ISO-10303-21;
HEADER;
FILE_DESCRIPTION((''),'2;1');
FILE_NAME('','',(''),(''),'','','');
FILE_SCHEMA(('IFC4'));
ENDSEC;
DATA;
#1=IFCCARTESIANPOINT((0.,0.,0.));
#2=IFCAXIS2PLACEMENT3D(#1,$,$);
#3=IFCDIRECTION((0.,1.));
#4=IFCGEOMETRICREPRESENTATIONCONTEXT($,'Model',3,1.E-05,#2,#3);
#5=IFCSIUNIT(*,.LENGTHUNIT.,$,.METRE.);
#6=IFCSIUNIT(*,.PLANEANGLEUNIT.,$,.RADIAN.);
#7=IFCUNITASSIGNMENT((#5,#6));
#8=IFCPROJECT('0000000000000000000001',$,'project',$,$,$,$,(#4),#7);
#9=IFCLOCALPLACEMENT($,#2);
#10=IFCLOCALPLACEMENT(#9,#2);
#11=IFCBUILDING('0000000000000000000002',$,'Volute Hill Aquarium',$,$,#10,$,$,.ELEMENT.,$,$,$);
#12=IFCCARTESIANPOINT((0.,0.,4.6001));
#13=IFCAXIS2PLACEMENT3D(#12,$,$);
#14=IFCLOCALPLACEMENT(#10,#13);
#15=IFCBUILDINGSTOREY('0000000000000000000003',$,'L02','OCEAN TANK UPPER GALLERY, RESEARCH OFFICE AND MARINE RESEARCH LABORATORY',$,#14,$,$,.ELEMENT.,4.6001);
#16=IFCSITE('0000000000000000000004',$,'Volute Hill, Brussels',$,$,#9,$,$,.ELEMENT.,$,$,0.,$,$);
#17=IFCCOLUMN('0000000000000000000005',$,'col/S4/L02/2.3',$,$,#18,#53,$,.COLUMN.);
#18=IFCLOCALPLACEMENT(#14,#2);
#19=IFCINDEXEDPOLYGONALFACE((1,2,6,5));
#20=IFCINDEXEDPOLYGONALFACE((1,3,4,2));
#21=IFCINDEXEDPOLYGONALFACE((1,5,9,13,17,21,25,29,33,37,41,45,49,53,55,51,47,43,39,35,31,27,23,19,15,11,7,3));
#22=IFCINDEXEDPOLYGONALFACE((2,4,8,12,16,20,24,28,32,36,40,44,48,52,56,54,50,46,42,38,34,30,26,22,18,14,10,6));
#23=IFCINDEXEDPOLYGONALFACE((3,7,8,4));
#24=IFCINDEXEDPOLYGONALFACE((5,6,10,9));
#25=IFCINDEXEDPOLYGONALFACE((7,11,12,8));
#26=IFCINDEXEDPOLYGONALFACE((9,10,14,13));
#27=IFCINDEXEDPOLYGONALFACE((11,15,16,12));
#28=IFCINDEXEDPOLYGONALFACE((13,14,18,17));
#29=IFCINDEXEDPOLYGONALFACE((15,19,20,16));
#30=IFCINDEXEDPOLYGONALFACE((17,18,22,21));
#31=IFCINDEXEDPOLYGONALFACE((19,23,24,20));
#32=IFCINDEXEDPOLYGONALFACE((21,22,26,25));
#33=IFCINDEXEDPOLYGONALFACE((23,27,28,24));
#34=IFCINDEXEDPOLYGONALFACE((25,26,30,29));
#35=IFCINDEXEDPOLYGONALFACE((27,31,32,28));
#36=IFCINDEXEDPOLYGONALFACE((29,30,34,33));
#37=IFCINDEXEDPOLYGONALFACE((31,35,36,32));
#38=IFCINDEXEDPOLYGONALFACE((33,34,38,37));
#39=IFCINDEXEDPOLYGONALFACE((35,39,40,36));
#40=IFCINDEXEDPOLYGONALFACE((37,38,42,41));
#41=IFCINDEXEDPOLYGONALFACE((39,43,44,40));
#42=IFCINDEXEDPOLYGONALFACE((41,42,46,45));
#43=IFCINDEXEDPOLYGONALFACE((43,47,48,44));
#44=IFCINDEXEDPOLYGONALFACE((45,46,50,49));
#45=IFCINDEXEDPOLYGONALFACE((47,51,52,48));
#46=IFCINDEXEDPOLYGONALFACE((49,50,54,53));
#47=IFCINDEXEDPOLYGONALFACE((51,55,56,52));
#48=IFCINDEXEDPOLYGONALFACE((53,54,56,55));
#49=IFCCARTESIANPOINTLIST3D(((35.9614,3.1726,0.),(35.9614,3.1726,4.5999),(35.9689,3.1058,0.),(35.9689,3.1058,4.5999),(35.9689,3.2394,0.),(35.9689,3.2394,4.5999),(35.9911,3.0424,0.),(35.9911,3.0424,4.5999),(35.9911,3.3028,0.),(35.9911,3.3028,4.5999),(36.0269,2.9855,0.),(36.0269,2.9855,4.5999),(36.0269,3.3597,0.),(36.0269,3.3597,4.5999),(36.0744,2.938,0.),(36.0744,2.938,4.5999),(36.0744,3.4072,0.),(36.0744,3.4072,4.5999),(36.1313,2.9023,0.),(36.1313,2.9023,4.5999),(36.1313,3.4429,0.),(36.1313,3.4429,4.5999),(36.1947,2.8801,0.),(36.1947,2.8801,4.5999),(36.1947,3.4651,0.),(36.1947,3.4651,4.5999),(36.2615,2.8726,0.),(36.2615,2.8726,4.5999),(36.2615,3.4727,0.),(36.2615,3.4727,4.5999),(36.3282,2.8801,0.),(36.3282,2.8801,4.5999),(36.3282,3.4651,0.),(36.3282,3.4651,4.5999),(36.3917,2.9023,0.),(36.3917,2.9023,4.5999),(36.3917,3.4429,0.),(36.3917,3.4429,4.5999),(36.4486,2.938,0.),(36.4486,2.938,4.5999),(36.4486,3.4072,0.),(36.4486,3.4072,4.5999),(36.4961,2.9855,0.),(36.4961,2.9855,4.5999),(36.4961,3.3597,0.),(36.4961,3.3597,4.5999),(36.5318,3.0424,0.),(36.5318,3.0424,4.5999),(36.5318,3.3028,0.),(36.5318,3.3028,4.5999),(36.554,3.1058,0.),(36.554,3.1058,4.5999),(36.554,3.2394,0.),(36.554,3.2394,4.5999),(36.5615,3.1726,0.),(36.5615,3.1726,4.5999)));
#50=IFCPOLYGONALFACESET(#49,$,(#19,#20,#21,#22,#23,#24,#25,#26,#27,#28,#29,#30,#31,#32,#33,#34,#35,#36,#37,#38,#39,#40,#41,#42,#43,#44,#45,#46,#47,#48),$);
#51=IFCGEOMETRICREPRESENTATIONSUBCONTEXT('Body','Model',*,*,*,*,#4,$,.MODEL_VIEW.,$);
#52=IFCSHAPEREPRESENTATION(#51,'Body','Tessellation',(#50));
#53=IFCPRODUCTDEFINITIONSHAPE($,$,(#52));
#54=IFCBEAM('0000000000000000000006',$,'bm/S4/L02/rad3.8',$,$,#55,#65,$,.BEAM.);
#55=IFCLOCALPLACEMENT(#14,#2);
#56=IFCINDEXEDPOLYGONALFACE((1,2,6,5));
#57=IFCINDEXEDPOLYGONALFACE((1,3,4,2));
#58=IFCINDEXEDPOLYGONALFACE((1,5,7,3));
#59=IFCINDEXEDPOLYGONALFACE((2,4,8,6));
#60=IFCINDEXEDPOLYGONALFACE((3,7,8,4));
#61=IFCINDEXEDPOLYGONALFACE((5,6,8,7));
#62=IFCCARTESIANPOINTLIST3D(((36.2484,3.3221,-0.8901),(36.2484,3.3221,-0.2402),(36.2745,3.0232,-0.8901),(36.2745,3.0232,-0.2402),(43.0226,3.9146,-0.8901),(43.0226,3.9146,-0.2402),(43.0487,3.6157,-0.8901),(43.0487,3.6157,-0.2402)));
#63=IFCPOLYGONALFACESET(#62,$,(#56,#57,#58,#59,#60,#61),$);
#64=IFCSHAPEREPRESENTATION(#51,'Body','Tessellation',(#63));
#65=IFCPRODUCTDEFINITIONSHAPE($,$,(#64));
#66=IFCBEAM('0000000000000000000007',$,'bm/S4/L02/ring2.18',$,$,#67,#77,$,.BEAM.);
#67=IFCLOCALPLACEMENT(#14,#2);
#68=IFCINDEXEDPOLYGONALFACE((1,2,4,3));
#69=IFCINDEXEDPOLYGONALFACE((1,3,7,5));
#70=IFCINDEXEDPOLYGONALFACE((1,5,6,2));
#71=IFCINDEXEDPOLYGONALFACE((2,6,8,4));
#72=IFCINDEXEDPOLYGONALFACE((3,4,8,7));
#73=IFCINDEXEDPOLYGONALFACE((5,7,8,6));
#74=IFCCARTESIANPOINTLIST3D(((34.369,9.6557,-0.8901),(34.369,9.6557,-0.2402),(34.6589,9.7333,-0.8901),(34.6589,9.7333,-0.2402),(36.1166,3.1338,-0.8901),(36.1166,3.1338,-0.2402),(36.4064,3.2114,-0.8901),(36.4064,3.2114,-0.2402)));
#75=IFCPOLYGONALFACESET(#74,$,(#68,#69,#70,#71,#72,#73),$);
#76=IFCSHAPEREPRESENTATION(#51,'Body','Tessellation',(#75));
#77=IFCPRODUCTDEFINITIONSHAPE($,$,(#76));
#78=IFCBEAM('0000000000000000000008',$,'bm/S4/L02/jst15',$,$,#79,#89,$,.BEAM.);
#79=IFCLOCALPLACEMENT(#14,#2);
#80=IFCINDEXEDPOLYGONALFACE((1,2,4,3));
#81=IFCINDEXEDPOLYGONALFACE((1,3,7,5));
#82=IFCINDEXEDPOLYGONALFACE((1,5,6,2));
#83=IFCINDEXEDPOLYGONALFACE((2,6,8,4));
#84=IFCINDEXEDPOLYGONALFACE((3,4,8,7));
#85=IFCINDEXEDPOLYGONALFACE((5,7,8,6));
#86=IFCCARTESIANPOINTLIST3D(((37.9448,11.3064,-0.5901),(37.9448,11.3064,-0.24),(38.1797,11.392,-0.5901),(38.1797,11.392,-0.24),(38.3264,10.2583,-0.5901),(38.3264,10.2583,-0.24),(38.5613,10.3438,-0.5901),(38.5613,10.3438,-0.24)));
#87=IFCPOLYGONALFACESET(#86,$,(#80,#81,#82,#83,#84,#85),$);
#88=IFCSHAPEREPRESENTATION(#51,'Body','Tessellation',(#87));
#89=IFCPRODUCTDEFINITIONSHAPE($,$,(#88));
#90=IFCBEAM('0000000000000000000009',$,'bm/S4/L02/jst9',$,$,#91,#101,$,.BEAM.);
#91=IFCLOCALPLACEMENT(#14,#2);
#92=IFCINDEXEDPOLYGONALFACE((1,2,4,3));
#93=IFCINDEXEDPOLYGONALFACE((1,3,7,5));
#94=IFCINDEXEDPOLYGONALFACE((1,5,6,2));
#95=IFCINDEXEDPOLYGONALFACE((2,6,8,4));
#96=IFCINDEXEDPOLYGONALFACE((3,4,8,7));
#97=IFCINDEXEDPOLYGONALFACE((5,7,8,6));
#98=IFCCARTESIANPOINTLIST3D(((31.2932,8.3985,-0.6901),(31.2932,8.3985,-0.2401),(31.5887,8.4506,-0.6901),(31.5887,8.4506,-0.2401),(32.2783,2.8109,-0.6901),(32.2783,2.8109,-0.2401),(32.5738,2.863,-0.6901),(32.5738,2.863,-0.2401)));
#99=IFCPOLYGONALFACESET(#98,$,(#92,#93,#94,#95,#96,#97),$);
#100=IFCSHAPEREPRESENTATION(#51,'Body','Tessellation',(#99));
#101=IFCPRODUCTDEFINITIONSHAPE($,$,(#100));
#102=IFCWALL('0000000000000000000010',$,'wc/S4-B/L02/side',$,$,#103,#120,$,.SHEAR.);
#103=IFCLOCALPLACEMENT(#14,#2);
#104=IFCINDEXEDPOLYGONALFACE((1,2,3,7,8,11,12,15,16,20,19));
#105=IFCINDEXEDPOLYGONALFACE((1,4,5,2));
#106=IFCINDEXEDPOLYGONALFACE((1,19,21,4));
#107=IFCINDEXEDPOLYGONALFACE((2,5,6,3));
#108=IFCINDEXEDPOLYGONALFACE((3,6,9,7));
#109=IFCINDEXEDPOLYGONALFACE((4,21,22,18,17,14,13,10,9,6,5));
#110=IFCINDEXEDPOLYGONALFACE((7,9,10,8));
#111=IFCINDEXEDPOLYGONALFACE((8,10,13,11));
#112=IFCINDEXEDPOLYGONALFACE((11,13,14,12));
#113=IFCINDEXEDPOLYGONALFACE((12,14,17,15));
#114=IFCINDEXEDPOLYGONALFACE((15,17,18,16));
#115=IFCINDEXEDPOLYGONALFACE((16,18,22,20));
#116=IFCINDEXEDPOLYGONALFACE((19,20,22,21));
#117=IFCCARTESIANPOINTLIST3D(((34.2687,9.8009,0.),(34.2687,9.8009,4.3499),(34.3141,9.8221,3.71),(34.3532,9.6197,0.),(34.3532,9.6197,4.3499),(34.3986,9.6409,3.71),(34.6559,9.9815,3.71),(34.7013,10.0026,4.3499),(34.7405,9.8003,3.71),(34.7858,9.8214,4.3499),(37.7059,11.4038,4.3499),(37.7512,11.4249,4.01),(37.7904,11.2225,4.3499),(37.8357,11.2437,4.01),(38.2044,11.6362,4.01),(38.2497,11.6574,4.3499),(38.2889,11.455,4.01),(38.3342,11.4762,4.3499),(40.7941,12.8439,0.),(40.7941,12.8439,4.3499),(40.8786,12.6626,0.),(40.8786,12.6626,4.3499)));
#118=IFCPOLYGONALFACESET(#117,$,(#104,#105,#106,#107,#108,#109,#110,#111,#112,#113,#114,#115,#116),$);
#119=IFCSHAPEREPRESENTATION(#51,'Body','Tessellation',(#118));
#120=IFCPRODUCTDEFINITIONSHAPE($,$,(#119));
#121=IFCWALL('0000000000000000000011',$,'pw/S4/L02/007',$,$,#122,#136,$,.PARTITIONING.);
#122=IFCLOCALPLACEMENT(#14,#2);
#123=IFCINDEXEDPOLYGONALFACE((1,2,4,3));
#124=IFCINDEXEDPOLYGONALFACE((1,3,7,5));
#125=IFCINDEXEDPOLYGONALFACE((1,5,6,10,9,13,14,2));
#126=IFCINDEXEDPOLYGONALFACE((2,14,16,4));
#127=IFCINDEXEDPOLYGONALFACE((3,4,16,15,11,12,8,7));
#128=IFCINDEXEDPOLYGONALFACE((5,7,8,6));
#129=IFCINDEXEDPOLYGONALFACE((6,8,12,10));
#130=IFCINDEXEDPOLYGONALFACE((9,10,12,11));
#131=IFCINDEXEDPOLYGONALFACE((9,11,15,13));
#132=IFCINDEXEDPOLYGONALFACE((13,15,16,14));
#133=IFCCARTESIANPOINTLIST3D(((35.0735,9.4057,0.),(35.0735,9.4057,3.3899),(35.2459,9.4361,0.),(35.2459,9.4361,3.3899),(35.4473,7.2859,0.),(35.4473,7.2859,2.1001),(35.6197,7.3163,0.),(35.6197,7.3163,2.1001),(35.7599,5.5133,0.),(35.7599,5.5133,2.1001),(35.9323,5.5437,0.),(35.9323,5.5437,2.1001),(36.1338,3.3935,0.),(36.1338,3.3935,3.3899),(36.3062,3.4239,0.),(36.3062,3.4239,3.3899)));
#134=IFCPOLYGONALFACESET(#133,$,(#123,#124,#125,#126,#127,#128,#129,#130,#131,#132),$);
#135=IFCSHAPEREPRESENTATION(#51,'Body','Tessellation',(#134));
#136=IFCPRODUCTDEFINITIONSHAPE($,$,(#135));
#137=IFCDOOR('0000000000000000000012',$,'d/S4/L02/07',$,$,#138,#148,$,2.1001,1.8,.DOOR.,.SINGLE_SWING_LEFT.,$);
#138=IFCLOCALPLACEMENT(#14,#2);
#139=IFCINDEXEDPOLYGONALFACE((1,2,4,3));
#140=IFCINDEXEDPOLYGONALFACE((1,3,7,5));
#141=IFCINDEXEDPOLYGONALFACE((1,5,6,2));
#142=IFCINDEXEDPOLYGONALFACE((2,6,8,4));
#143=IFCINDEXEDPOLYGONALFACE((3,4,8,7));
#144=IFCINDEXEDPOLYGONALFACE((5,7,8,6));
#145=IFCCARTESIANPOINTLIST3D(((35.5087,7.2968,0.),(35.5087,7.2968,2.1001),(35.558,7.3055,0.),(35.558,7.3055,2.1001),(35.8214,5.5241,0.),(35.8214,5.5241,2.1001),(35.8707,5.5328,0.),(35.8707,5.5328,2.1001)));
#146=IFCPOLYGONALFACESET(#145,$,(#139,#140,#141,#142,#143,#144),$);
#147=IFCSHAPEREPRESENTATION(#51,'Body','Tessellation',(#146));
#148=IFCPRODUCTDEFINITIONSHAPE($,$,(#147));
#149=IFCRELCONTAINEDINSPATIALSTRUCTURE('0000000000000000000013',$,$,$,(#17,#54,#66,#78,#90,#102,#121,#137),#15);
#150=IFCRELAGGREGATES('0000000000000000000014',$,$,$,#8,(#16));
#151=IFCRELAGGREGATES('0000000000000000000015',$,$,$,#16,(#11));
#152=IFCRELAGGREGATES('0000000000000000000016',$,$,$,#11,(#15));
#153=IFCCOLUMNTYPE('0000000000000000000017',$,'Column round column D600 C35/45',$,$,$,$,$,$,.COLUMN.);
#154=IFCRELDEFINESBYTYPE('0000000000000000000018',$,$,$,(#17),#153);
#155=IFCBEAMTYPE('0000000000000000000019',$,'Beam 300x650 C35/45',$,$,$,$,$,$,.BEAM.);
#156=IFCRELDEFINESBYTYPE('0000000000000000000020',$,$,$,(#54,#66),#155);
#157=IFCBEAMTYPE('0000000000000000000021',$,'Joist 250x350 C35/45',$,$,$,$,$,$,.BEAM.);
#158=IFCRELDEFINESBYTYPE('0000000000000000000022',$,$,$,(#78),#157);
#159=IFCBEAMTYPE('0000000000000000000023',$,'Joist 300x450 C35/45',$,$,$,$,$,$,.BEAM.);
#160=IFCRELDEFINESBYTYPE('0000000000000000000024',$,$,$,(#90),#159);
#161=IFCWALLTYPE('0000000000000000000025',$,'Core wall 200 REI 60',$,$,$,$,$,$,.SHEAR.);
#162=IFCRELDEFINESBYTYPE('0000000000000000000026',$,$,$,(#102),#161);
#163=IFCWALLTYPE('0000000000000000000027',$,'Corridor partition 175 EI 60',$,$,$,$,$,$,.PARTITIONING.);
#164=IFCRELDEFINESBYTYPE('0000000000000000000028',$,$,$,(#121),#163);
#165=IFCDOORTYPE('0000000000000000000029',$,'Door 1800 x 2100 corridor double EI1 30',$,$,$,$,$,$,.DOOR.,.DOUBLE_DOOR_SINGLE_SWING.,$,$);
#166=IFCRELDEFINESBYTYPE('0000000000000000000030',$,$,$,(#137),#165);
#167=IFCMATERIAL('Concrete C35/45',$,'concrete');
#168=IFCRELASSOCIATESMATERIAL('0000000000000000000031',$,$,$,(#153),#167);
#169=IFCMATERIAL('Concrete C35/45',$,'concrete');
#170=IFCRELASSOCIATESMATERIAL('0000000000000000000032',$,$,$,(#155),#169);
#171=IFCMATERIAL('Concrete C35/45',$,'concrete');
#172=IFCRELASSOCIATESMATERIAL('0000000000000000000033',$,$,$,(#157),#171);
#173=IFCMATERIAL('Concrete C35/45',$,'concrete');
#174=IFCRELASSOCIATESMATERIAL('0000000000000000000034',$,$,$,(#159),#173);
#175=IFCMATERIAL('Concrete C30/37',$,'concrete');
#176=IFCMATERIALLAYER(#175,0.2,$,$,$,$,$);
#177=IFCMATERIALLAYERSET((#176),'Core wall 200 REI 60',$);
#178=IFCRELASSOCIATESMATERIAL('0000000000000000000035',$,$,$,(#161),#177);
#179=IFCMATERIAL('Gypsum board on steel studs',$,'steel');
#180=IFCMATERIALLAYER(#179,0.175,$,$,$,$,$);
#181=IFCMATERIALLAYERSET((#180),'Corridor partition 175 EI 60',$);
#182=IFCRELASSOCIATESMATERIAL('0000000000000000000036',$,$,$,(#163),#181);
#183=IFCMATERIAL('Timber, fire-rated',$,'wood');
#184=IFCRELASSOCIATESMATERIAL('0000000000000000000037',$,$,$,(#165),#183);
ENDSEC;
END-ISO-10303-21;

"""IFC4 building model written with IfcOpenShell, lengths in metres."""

from ifc_helpers import new_model, si_unit, direction, frame, frame_2d, origin, origin_2d, place, context, subcontext, project, spatial, polyline, rectangle, circle, outline, extrude, material, layer, layer_set, material_profile, profile_set, type_object, element, fill, save


model = new_model("IFC4")

# Units and contexts
model_context = context("Model", 3, precision=1e-05, world=origin(), true_north=direction((0.0, 1.0)))
body_context = subcontext(model_context, "Body", "Model", "MODEL_VIEW")
ifc_project = project(units=[si_unit("LENGTHUNIT", "METRE"), si_unit("PLANEANGLEUNIT", "RADIAN")], contexts=[model_context])

# Site, building, storey
site_placement = place(None, origin())
site = spatial("IfcSite", under=ifc_project, at=site_placement, Name="Volute Hill, Brussels", CompositionType="ELEMENT", RefElevation=0.0)
building_placement = place(site_placement, origin())
building = spatial("IfcBuilding", under=site, at=building_placement, Name="Volute Hill Aquarium", CompositionType="ELEMENT")
storey_placement = place(building_placement, frame((0.0, 0.0, 4.6001)))
storey = spatial("IfcBuildingStorey", under=building, at=storey_placement, Name="L02", Description="OCEAN TANK UPPER GALLERY, RESEARCH OFFICE AND MARINE RESEARCH LABORATORY", CompositionType="ELEMENT", Elevation=4.6001)

# Column
ifc_material_1 = material(Name="Concrete C35/45", Category="concrete")
ifc_material_profile_1 = material_profile(ifc_material_1, circle(Radius=0.3, at=origin_2d()), Name="RC round column D600")
ifc_profile_set_1 = profile_set([ifc_material_profile_1], Name="Concrete C35/45")
column_type = type_object("IfcColumnType", Name="Column round column D600 C35/45", PredefinedType="COLUMN", material=ifc_profile_set_1)
column_placement = place(storey_placement, frame((36.2615, 3.1726, 0.0), z_axis=(0.0, 0.0, 1.0), x_axis=(1.0, 0.0, 0.0)))
element("IfcColumn", 1, at=column_placement, inside=storey, type_object=column_type, Name="col/S4/L02/2.3", PredefinedType="COLUMN", context=body_context, shape_type="SweptSolid", body=[
    extrude(circle(Radius=0.3, at=origin_2d()), origin(), (0.0, 0.0, 1.0), 4.5999),
])

# Beams
ifc_material_2 = material(Name="Concrete C35/45", Category="concrete")
ifc_material_profile_2 = material_profile(ifc_material_2, rectangle(XDim=0.3, YDim=0.6499, at=origin_2d()), Name="RC beam 300x650")
ifc_profile_set_2 = profile_set([ifc_material_profile_2], Name="Concrete C35/45")
beam_type_1 = type_object("IfcBeamType", Name="Beam 300x650 C35/45", PredefinedType="BEAM", material=ifc_profile_set_2)
beam_1_placement = place(storey_placement, frame((36.2615, 3.1726, -0.5652), z_axis=(0.996196, 0.087136, 0.0), x_axis=(-0.087136, 0.996196, 0.0)))
element("IfcBeam", 2, at=beam_1_placement, inside=storey, type_object=beam_type_1, Name="bm/S4/L02/rad3.8", PredefinedType="BEAM", context=body_context, shape_type="SweptSolid", body=[
    extrude(rectangle(XDim=0.3, YDim=0.6499, at=origin_2d()), origin(), (0.0, 0.0, 1.0), 6.8),
])
beam_2_placement = place(storey_placement, frame((36.2615, 3.1726, -0.5652), z_axis=(-0.258819, 0.965926, 0.0), x_axis=(-0.965926, -0.258819, 0.0)))
element("IfcBeam", 3, at=beam_2_placement, inside=storey, type_object=beam_type_1, Name="bm/S4/L02/ring2.18", PredefinedType="BEAM", context=body_context, shape_type="SweptSolid", body=[
    extrude(rectangle(XDim=0.3, YDim=0.6499, at=origin_2d()), origin(), (0.0, 0.0, 1.0), 6.752),
])
ifc_material_3 = material(Name="Concrete C35/45", Category="concrete")
ifc_material_profile_3 = material_profile(ifc_material_3, rectangle(XDim=0.25, YDim=0.3501, at=origin_2d()), Name="RC joist 250x350")
ifc_profile_set_3 = profile_set([ifc_material_profile_3], Name="Concrete C35/45")
beam_type_2 = type_object("IfcBeamType", Name="Joist 250x350 C35/45", PredefinedType="BEAM", material=ifc_profile_set_3)
beam_3_placement = place(storey_placement, frame((38.4438, 10.301, -0.415), z_axis=(-0.342112, 0.939659, 0.0), x_axis=(-0.939659, -0.342112, 0.0)))
element("IfcBeam", 4, at=beam_3_placement, inside=storey, type_object=beam_type_2, Name="bm/S4/L02/jst15", PredefinedType="BEAM", context=body_context, shape_type="SweptSolid", body=[
    extrude(rectangle(XDim=0.25, YDim=0.3501, at=origin_2d()), origin(), (0.0, 0.0, 1.0), 1.1155),
])
ifc_material_4 = material(Name="Concrete C35/45", Category="concrete")
ifc_material_profile_4 = material_profile(ifc_material_4, rectangle(XDim=0.3, YDim=0.45, at=origin_2d()), Name="RC joist 300x450")
ifc_profile_set_4 = profile_set([ifc_material_profile_4], Name="Concrete C35/45")
beam_type_3 = type_object("IfcBeamType", Name="Joist 300x450 C35/45", PredefinedType="BEAM", material=ifc_profile_set_4)
beam_4_placement = place(storey_placement, frame((32.426, 2.8369, -0.4651), z_axis=(-0.173623, 0.984812, 0.0), x_axis=(-0.984812, -0.173623, 0.0)))
element("IfcBeam", 5, at=beam_4_placement, inside=storey, type_object=beam_type_3, Name="bm/S4/L02/jst9", PredefinedType="BEAM", context=body_context, shape_type="SweptSolid", body=[
    extrude(rectangle(XDim=0.3, YDim=0.45, at=origin_2d()), origin(), (0.0, 0.0, 1.0), 5.6738),
])

# Wall
ifc_material_5 = material(Name="Concrete C30/37", Category="concrete")
ifc_layer_1 = layer(ifc_material_5, 0.2)
ifc_layer_set_1 = layer_set([ifc_layer_1], Name="Core wall 200 REI 60")
wall_type_1 = type_object("IfcWallType", Name="Core wall 200 REI 60", PredefinedType="SHEAR", material=ifc_layer_set_1)
wall_1_placement = place(storey_placement, frame((34.311, 9.7102, 0.0), z_axis=(0.0, 0.0, 1.0), x_axis=(0.906301, 0.422633, 0.0)))
element("IfcWall", 6, at=wall_1_placement, inside=storey, type_object=wall_type_1, Name="wc/S4-B/L02/side", PredefinedType="SHEAR", context=body_context, shape_type="SweptSolid", body=[
    extrude(outline(polyline([(0.0, 0.0), (7.2, 0.0), (7.2, 4.3499), (4.3926, 4.3499), (4.3425, 4.01), (3.8425, 4.01), (3.7925, 4.3499), (0.4773, 4.3499), (0.4272, 3.71), (0.05, 3.71), (0.0, 4.3499), (0.0, 0.0)])), frame((0.0, 0.1001, 0.0), z_axis=(0.0, -1.0, 0.0), x_axis=(1.0, 0.0, 0.0)), (0.0, 0.0, 1.0), 0.2),
])

# Wall, opening, door
ifc_material_6 = material(Name="Gypsum board on steel studs", Category="steel")
ifc_layer_2 = layer(ifc_material_6, 0.175)
ifc_layer_set_2 = layer_set([ifc_layer_2], Name="Corridor partition 175 EI 60")
wall_type_2 = type_object("IfcWallType", Name="Corridor partition 175 EI 60", PredefinedType="PARTITIONING", material=ifc_layer_set_2)
wall_2_placement = place(storey_placement, frame((35.1597, 9.4209, 0.0), z_axis=(0.0, 0.0, 1.0), x_axis=(0.173678, -0.984802, 0.0)))
wall_2 = element("IfcWall", 7, at=wall_2_placement, inside=storey, type_object=wall_type_2, Name="pw/S4/L02/007", PredefinedType="PARTITIONING", context=body_context, shape_type="SweptSolid", body=[
    extrude(rectangle(XDim=6.105, YDim=0.175, at=frame_2d((3.0525, 0.0))), origin(), (0.0, 0.0, 1.0), 3.3899),
])
opening_1_placement = place(wall_2_placement, frame((2.1526, 0.0, 0.0)))
opening_1 = element("IfcOpeningElement", 8, at=opening_1_placement, cuts=wall_2, PredefinedType="OPENING", context=body_context, shape_type="SweptSolid", body=[
    extrude(rectangle(XDim=1.8, YDim=2.1001, at=frame_2d((0.8999, 1.05))), frame((0.0, 0.0974, 0.0), z_axis=(0.0, -1.0, 0.0), x_axis=(1.0, 0.0, 0.0)), (0.0, 0.0, 1.0), 0.1951),
])
ifc_material_7 = material(Name="Timber, fire-rated", Category="wood")
door_type_1 = type_object("IfcDoorType", Name="Door 1800 x 2100 corridor double EI1 30", OperationType="DOUBLE_DOOR_SINGLE_SWING", PredefinedType="DOOR", material=ifc_material_7)
door_1_placement = place(opening_1_placement, origin())
door_1 = element("IfcDoor", 9, at=door_1_placement, inside=storey, type_object=door_type_1, Name="d/S4/L02/07", OperationType="SINGLE_SWING_LEFT", OverallHeight=2.1001, OverallWidth=1.8, PredefinedType="DOOR", context=body_context, shape_type="SweptSolid", body=[
    extrude(rectangle(XDim=1.8, YDim=2.1001, at=frame_2d((0.8999, 1.05))), frame((0.0, 0.0249, 0.0), z_axis=(0.0, -1.0, 0.0), x_axis=(1.0, 0.0, 0.0)), (0.0, 0.0, 1.0), 0.05),
])
fill(opening_1, door_1)

save(model, "model.ifc")
